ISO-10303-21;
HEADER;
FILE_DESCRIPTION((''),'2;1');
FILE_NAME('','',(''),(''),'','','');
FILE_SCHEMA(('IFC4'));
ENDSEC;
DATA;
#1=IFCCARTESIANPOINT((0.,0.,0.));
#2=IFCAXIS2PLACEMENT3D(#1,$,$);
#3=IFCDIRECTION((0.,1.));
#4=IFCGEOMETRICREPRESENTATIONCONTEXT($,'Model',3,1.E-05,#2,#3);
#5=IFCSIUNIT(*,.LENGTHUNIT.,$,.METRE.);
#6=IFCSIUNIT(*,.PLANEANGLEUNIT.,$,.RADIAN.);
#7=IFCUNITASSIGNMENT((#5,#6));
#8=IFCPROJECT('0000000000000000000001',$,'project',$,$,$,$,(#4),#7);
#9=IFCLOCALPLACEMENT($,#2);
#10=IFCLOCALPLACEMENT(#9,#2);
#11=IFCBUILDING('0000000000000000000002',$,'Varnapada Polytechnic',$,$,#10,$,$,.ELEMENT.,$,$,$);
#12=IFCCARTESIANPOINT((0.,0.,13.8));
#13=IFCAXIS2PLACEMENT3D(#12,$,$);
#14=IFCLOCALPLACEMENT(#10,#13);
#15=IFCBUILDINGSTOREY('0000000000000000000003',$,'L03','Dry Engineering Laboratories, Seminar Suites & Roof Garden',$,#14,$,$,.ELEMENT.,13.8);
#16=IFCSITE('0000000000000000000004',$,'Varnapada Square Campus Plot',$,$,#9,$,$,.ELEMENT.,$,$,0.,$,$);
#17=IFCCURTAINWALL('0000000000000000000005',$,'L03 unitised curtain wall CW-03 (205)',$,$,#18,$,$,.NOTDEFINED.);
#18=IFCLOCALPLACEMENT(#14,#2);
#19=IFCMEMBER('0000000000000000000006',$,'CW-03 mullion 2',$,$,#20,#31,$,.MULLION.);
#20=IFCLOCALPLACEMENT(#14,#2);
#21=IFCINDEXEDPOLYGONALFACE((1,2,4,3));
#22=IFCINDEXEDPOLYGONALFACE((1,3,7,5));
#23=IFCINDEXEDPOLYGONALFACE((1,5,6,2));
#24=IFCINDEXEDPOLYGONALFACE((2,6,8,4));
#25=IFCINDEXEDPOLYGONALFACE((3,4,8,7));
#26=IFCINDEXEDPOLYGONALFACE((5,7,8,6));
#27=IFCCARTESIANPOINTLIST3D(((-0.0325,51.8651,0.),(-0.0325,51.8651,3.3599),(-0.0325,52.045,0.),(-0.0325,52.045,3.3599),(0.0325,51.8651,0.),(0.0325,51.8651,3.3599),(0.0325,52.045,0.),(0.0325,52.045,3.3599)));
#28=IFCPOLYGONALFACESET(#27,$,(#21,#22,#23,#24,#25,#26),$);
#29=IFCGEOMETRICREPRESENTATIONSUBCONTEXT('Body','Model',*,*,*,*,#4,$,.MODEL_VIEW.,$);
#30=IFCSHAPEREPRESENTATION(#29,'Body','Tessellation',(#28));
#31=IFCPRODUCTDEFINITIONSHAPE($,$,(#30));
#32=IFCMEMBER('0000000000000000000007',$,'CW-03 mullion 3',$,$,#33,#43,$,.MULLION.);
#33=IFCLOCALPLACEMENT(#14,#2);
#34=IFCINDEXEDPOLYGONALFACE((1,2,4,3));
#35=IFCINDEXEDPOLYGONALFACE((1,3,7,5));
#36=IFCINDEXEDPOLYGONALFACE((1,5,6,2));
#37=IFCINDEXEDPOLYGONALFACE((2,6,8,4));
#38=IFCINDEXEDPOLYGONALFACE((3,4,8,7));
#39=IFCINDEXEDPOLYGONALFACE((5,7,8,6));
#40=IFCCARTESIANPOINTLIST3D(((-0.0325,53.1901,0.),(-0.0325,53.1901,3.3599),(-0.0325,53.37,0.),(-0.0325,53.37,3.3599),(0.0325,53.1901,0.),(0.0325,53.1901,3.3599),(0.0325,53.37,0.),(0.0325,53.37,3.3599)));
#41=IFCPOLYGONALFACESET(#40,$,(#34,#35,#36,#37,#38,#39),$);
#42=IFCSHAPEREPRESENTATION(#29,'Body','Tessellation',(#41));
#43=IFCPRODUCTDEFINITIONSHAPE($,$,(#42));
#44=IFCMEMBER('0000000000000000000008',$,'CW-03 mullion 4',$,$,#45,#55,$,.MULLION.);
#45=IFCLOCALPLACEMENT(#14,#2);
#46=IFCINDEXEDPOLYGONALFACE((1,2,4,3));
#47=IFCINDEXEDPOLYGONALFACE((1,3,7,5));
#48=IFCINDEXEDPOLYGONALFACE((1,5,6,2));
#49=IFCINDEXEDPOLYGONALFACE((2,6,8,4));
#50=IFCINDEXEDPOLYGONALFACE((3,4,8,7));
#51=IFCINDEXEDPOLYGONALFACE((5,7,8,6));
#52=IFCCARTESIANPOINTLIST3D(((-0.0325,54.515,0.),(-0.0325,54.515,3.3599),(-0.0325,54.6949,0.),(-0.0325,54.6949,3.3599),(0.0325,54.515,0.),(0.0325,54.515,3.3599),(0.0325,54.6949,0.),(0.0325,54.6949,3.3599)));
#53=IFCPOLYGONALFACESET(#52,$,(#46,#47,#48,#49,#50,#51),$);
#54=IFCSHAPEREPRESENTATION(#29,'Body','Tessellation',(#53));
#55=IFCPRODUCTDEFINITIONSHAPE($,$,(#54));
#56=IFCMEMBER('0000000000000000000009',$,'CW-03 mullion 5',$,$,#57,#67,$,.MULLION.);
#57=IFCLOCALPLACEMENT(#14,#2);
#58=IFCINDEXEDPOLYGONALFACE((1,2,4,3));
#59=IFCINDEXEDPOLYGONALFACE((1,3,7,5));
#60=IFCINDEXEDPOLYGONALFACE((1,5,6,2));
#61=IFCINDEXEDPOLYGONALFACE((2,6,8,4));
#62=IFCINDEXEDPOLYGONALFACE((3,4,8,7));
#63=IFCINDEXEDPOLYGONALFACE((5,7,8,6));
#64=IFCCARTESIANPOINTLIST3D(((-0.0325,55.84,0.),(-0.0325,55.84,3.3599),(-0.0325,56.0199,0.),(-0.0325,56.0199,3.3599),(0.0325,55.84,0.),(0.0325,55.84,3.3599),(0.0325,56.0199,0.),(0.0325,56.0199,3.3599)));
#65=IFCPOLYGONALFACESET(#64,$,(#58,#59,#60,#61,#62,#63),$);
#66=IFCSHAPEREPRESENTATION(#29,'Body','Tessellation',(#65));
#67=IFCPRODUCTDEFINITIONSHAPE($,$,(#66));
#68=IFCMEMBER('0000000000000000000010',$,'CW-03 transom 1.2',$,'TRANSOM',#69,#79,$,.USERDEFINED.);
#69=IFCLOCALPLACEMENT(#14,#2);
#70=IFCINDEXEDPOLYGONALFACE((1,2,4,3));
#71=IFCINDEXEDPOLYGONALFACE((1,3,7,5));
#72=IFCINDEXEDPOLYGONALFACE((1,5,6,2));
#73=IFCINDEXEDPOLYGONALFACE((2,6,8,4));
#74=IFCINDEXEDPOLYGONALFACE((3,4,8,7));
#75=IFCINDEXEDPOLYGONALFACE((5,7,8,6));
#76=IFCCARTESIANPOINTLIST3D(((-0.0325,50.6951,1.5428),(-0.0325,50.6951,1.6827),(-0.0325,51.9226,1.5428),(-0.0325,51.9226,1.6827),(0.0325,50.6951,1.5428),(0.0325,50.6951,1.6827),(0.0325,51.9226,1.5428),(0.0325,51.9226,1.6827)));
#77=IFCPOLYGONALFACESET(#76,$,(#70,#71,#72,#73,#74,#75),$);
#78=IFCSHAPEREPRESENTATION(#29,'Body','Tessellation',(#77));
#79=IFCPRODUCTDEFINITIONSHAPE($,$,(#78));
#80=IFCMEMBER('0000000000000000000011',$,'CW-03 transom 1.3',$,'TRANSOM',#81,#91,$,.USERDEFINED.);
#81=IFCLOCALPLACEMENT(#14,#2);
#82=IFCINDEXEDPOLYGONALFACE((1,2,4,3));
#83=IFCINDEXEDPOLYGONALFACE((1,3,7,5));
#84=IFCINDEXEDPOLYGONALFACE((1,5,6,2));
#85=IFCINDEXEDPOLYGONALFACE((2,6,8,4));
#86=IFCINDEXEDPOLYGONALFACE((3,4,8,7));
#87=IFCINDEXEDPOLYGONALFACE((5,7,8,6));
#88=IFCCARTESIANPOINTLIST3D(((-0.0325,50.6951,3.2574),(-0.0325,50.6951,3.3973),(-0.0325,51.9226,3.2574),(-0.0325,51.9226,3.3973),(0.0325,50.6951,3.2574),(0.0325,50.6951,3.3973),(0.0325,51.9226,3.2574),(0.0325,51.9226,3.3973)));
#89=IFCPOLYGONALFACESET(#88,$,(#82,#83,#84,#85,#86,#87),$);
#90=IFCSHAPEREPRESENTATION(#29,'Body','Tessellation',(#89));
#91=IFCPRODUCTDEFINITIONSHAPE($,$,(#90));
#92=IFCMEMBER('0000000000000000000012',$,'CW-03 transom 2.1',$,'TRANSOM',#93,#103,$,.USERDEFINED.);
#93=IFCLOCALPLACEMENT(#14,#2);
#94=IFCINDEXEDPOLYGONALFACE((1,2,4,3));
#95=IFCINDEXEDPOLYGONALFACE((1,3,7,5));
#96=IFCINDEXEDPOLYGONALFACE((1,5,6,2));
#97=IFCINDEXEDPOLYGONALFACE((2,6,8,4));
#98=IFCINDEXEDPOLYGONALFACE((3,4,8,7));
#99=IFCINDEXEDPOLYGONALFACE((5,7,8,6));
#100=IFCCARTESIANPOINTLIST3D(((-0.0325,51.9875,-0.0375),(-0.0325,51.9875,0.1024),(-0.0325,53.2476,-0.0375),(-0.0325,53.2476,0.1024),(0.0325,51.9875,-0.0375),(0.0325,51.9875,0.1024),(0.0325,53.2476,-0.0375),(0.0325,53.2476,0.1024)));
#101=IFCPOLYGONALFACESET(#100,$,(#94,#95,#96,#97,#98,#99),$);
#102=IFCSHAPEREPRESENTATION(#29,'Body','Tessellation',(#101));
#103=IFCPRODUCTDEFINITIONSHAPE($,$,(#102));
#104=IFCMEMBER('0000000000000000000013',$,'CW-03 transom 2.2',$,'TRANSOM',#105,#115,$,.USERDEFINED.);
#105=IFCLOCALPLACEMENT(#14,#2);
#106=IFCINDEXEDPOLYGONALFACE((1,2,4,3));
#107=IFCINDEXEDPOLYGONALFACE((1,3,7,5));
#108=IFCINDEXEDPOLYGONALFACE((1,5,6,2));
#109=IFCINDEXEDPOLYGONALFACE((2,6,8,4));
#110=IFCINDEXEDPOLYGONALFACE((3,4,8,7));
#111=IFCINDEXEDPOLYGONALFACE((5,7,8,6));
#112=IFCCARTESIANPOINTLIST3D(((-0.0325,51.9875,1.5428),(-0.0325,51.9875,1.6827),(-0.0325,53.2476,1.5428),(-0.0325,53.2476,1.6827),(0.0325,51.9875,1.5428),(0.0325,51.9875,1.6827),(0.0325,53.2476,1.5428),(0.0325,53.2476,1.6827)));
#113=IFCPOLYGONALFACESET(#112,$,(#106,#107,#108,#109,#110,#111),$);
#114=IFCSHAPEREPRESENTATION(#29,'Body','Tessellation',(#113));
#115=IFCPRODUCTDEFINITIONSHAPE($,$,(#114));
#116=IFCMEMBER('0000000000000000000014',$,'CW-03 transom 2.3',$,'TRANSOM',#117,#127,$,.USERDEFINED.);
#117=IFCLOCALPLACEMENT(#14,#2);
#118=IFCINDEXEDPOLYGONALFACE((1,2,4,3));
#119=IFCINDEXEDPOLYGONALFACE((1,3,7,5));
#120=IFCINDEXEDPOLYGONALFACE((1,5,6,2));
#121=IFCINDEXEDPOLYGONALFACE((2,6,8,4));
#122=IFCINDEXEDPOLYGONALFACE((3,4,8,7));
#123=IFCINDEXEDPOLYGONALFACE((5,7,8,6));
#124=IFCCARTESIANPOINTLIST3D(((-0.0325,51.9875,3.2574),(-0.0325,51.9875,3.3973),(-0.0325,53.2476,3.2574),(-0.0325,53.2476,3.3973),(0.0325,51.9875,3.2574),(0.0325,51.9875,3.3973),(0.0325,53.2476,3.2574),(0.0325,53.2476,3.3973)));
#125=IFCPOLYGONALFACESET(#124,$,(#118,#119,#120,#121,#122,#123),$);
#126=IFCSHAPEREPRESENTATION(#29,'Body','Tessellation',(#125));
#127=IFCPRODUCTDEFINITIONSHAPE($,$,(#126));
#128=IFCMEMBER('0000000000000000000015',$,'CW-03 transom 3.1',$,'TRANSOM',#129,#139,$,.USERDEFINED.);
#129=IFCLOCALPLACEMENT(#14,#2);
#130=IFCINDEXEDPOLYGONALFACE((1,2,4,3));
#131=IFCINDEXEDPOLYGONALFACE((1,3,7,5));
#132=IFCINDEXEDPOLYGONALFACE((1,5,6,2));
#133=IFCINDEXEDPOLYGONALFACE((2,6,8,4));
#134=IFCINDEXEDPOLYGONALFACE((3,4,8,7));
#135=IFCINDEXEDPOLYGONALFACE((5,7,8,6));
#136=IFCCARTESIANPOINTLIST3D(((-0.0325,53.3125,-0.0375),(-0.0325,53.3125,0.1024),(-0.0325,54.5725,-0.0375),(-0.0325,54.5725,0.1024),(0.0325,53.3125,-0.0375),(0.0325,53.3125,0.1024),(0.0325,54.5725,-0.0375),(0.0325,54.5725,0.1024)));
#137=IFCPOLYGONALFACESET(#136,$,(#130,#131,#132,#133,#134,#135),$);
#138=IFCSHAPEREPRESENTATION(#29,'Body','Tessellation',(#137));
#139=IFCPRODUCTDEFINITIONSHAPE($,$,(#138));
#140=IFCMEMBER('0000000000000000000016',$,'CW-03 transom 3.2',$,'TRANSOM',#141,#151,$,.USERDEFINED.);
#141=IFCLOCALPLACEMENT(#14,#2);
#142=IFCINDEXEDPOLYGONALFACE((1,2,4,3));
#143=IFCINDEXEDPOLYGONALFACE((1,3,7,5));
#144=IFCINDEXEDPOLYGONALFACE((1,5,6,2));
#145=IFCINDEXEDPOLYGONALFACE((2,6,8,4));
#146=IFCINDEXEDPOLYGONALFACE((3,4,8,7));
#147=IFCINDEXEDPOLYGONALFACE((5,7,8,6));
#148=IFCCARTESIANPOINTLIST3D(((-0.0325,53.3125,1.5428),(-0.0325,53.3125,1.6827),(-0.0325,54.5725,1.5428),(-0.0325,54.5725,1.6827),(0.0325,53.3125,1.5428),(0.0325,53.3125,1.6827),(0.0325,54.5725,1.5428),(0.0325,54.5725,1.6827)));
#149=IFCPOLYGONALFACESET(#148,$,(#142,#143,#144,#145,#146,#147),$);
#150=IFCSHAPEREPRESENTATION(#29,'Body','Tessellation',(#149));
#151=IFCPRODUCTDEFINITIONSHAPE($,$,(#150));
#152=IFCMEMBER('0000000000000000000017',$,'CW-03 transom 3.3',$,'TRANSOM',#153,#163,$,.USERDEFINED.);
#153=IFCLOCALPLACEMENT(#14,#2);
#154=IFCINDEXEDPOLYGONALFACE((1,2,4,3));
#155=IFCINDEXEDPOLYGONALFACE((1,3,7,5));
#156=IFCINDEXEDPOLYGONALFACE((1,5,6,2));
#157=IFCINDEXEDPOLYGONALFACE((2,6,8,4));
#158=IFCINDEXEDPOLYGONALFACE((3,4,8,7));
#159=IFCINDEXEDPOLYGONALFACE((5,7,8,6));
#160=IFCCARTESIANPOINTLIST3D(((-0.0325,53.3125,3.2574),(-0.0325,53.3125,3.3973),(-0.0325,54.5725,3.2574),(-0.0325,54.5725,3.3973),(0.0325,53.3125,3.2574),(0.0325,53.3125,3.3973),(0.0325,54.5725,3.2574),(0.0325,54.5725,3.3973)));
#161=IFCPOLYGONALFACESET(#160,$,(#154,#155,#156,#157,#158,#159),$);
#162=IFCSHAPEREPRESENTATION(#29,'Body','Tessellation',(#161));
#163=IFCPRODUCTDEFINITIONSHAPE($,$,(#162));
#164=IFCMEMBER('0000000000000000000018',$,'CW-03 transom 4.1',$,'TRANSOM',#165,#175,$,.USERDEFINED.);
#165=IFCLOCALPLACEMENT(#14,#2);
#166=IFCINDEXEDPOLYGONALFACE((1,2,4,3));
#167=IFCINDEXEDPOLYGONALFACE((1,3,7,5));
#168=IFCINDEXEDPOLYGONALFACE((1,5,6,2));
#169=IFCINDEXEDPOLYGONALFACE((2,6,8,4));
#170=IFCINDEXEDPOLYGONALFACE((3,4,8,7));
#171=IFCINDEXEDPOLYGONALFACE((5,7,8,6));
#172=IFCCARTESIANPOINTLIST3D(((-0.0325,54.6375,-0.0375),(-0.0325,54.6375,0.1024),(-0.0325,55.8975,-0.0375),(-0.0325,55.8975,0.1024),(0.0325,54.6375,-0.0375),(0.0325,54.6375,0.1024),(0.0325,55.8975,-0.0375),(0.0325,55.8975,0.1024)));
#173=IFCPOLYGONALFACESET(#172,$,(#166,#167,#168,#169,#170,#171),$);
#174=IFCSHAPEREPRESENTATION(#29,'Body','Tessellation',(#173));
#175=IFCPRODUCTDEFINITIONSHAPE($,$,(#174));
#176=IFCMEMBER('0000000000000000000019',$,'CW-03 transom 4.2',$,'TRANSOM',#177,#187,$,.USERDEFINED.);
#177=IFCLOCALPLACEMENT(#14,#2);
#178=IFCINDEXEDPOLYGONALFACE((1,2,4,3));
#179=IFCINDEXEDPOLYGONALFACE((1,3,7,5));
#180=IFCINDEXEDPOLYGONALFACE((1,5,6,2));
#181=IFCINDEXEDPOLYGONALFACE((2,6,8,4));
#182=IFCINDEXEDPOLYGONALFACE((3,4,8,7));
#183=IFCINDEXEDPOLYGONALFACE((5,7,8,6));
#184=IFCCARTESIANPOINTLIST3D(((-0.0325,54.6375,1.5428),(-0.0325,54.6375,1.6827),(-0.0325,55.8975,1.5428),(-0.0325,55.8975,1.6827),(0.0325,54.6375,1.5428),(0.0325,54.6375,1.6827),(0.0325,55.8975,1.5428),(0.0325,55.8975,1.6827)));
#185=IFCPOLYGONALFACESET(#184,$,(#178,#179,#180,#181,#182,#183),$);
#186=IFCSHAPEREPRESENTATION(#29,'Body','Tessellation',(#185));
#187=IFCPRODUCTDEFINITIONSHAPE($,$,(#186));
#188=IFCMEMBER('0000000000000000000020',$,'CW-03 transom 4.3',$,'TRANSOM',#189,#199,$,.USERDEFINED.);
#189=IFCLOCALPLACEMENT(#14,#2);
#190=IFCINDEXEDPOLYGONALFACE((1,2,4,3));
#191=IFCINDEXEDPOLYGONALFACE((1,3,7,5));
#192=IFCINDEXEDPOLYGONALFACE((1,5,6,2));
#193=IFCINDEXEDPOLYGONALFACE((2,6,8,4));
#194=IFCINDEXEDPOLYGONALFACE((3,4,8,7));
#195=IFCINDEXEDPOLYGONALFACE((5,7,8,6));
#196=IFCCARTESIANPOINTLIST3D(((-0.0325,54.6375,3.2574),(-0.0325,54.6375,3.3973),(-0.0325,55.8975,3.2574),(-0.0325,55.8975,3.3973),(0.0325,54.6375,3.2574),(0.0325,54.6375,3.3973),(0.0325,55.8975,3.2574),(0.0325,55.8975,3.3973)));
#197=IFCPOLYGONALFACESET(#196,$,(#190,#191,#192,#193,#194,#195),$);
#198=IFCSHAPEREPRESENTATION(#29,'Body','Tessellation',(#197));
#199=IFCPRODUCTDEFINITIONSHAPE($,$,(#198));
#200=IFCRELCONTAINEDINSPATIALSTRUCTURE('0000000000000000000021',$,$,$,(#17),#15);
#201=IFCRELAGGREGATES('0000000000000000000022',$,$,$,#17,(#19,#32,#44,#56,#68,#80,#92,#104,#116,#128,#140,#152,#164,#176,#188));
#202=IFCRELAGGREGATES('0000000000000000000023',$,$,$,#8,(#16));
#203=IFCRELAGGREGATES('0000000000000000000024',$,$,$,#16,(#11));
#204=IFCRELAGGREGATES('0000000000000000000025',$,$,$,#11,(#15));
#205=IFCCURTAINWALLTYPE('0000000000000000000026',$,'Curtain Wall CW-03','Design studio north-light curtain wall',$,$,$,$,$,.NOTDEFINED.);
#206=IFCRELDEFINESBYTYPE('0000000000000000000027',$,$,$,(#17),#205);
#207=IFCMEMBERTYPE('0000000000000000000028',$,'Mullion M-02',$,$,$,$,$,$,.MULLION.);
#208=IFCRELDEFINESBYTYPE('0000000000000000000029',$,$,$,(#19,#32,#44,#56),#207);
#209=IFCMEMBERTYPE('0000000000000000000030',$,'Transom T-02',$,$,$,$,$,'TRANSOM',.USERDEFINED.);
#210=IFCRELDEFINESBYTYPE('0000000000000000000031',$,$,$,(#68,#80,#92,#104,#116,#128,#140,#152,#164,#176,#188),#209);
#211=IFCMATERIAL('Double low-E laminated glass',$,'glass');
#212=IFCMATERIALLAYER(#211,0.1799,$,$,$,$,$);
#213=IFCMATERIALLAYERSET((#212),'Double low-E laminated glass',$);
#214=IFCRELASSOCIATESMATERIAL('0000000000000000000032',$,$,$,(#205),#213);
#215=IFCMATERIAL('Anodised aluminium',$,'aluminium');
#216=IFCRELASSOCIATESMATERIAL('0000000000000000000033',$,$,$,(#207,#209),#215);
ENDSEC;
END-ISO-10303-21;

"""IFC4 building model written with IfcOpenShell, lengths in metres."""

from ifc_helpers import new_model, si_unit, direction, frame, origin, origin_2d, place, context, subcontext, project, spatial, rectangle, extrude, material, layer, layer_set, material_profile, profile_set, type_object, element, aggregate, save


model = new_model("IFC4")

# Units and contexts
model_context = context("Model", 3, precision=1e-05, world=origin(), true_north=direction((0.0, 1.0)))
body_context = subcontext(model_context, "Body", "Model", "MODEL_VIEW")
ifc_project = project(units=[si_unit("LENGTHUNIT", "METRE"), si_unit("PLANEANGLEUNIT", "RADIAN")], contexts=[model_context])

# Site, building, storey
site_placement = place(None, origin())
site = spatial("IfcSite", under=ifc_project, at=site_placement, Name="Varnapada Square Campus Plot", CompositionType="ELEMENT", RefElevation=0.0)
building_placement = place(site_placement, origin())
building = spatial("IfcBuilding", under=site, at=building_placement, Name="Varnapada Polytechnic", CompositionType="ELEMENT")
storey_placement = place(building_placement, frame((0.0, 0.0, 13.8)))
storey = spatial("IfcBuildingStorey", under=building, at=storey_placement, Name="L03", Description="Dry Engineering Laboratories, Seminar Suites & Roof Garden", CompositionType="ELEMENT", Elevation=13.8)

# Curtain wall, members
ifc_material_1 = material(Name="Double low-E laminated glass", Category="glass")
ifc_layer_1 = layer(ifc_material_1, 0.1799)
ifc_layer_set_1 = layer_set([ifc_layer_1], Name="Double low-E laminated glass")
curtain_wall_type = type_object("IfcCurtainWallType", Name="Curtain Wall CW-03", Description="Design studio north-light curtain wall", PredefinedType="NOTDEFINED", material=ifc_layer_set_1)
curtain_wall_placement = place(storey_placement, origin())
curtain_wall = element("IfcCurtainWall", 1, at=curtain_wall_placement, inside=storey, type_object=curtain_wall_type, Name="L03 unitised curtain wall CW-03 (205)", PredefinedType="NOTDEFINED")
ifc_material_2 = material(Name="Anodised aluminium", Category="aluminium")
ifc_material_profile_1 = material_profile(ifc_material_2, rectangle(XDim=0.0649, YDim=0.1799, at=origin_2d()), Name="ALU M65x180")
ifc_profile_set_1 = profile_set([ifc_material_profile_1], Name="Anodised aluminium")
member_type_1 = type_object("IfcMemberType", Name="Mullion M-02", PredefinedType="MULLION", material=ifc_profile_set_1)
member_1_placement = place(storey_placement, frame((0.0, 51.9551, 0.0), z_axis=(0.0, 0.0, 1.0), x_axis=(-1.0, 0.0, 0.0)))
member_1 = element("IfcMember", 2, at=member_1_placement, type_object=member_type_1, Name="CW-03 mullion 2", PredefinedType="MULLION", context=body_context, shape_type="SweptSolid", body=[
    extrude(rectangle(XDim=0.0649, YDim=0.1799, at=origin_2d()), origin(), (0.0, 0.0, 1.0), 3.3599),
])
member_2_placement = place(storey_placement, frame((0.0, 53.28, 0.0), z_axis=(0.0, 0.0, 1.0), x_axis=(-1.0, 0.0, 0.0)))
member_2 = element("IfcMember", 3, at=member_2_placement, type_object=member_type_1, Name="CW-03 mullion 3", PredefinedType="MULLION", context=body_context, shape_type="SweptSolid", body=[
    extrude(rectangle(XDim=0.0649, YDim=0.1799, at=origin_2d()), origin(), (0.0, 0.0, 1.0), 3.3599),
])
member_3_placement = place(storey_placement, frame((0.0, 54.605, 0.0), z_axis=(0.0, 0.0, 1.0), x_axis=(-1.0, 0.0, 0.0)))
member_3 = element("IfcMember", 4, at=member_3_placement, type_object=member_type_1, Name="CW-03 mullion 4", PredefinedType="MULLION", context=body_context, shape_type="SweptSolid", body=[
    extrude(rectangle(XDim=0.0649, YDim=0.1799, at=origin_2d()), origin(), (0.0, 0.0, 1.0), 3.3599),
])
member_4_placement = place(storey_placement, frame((0.0, 55.9299, 0.0), z_axis=(0.0, 0.0, 1.0), x_axis=(-1.0, 0.0, 0.0)))
member_4 = element("IfcMember", 5, at=member_4_placement, type_object=member_type_1, Name="CW-03 mullion 5", PredefinedType="MULLION", context=body_context, shape_type="SweptSolid", body=[
    extrude(rectangle(XDim=0.0649, YDim=0.1799, at=origin_2d()), origin(), (0.0, 0.0, 1.0), 3.3599),
])
ifc_material_profile_2 = material_profile(ifc_material_2, rectangle(XDim=0.0649, YDim=0.1399, at=origin_2d()), Name="ALU T65x140")
ifc_profile_set_2 = profile_set([ifc_material_profile_2], Name="Anodised aluminium")
member_type_2 = type_object("IfcMemberType", Name="Transom T-02", ElementType="TRANSOM", PredefinedType="USERDEFINED", material=ifc_profile_set_2)
member_5_placement = place(storey_placement, frame((0.0, 50.6951, 1.6128), z_axis=(0.0, 1.0, 0.0), x_axis=(-1.0, 0.0, 0.0)))
member_5 = element("IfcMember", 6, at=member_5_placement, type_object=member_type_2, Name="CW-03 transom 1.2", ObjectType="TRANSOM", PredefinedType="USERDEFINED", context=body_context, shape_type="SweptSolid", body=[
    extrude(rectangle(XDim=0.0649, YDim=0.1399, at=origin_2d()), origin(), (0.0, 0.0, 1.0), 1.2275),
])
member_6_placement = place(storey_placement, frame((0.0, 50.6951, 3.3274), z_axis=(0.0, 1.0, 0.0), x_axis=(-1.0, 0.0, 0.0)))
member_6 = element("IfcMember", 7, at=member_6_placement, type_object=member_type_2, Name="CW-03 transom 1.3", ObjectType="TRANSOM", PredefinedType="USERDEFINED", context=body_context, shape_type="SweptSolid", body=[
    extrude(rectangle(XDim=0.0649, YDim=0.1399, at=origin_2d()), origin(), (0.0, 0.0, 1.0), 1.2275),
])
member_7_placement = place(storey_placement, frame((0.0, 51.9875, 0.0325), z_axis=(0.0, 1.0, 0.0), x_axis=(-1.0, 0.0, 0.0)))
member_7 = element("IfcMember", 8, at=member_7_placement, type_object=member_type_2, Name="CW-03 transom 2.1", ObjectType="TRANSOM", PredefinedType="USERDEFINED", context=body_context, shape_type="SweptSolid", body=[
    extrude(rectangle(XDim=0.0649, YDim=0.1399, at=origin_2d()), origin(), (0.0, 0.0, 1.0), 1.26),
])
member_8_placement = place(storey_placement, frame((0.0, 51.9875, 1.6128), z_axis=(0.0, 1.0, 0.0), x_axis=(-1.0, 0.0, 0.0)))
member_8 = element("IfcMember", 9, at=member_8_placement, type_object=member_type_2, Name="CW-03 transom 2.2", ObjectType="TRANSOM", PredefinedType="USERDEFINED", context=body_context, shape_type="SweptSolid", body=[
    extrude(rectangle(XDim=0.0649, YDim=0.1399, at=origin_2d()), origin(), (0.0, 0.0, 1.0), 1.26),
])
member_9_placement = place(storey_placement, frame((0.0, 51.9875, 3.3274), z_axis=(0.0, 1.0, 0.0), x_axis=(-1.0, 0.0, 0.0)))
member_9 = element("IfcMember", 10, at=member_9_placement, type_object=member_type_2, Name="CW-03 transom 2.3", ObjectType="TRANSOM", PredefinedType="USERDEFINED", context=body_context, shape_type="SweptSolid", body=[
    extrude(rectangle(XDim=0.0649, YDim=0.1399, at=origin_2d()), origin(), (0.0, 0.0, 1.0), 1.26),
])
member_10_placement = place(storey_placement, frame((0.0, 53.3125, 0.0325), z_axis=(0.0, 1.0, 0.0), x_axis=(-1.0, 0.0, 0.0)))
member_10 = element("IfcMember", 11, at=member_10_placement, type_object=member_type_2, Name="CW-03 transom 3.1", ObjectType="TRANSOM", PredefinedType="USERDEFINED", context=body_context, shape_type="SweptSolid", body=[
    extrude(rectangle(XDim=0.0649, YDim=0.1399, at=origin_2d()), origin(), (0.0, 0.0, 1.0), 1.26),
])
member_11_placement = place(storey_placement, frame((0.0, 53.3125, 1.6128), z_axis=(0.0, 1.0, 0.0), x_axis=(-1.0, 0.0, 0.0)))
member_11 = element("IfcMember", 12, at=member_11_placement, type_object=member_type_2, Name="CW-03 transom 3.2", ObjectType="TRANSOM", PredefinedType="USERDEFINED", context=body_context, shape_type="SweptSolid", body=[
    extrude(rectangle(XDim=0.0649, YDim=0.1399, at=origin_2d()), origin(), (0.0, 0.0, 1.0), 1.26),
])
member_12_placement = place(storey_placement, frame((0.0, 53.3125, 3.3274), z_axis=(0.0, 1.0, 0.0), x_axis=(-1.0, 0.0, 0.0)))
member_12 = element("IfcMember", 13, at=member_12_placement, type_object=member_type_2, Name="CW-03 transom 3.3", ObjectType="TRANSOM", PredefinedType="USERDEFINED", context=body_context, shape_type="SweptSolid", body=[
    extrude(rectangle(XDim=0.0649, YDim=0.1399, at=origin_2d()), origin(), (0.0, 0.0, 1.0), 1.26),
])
member_13_placement = place(storey_placement, frame((0.0, 54.6375, 0.0325), z_axis=(0.0, 1.0, 0.0), x_axis=(-1.0, 0.0, 0.0)))
member_13 = element("IfcMember", 14, at=member_13_placement, type_object=member_type_2, Name="CW-03 transom 4.1", ObjectType="TRANSOM", PredefinedType="USERDEFINED", context=body_context, shape_type="SweptSolid", body=[
    extrude(rectangle(XDim=0.0649, YDim=0.1399, at=origin_2d()), origin(), (0.0, 0.0, 1.0), 1.26),
])
member_14_placement = place(storey_placement, frame((0.0, 54.6375, 1.6128), z_axis=(0.0, 1.0, 0.0), x_axis=(-1.0, 0.0, 0.0)))
member_14 = element("IfcMember", 15, at=member_14_placement, type_object=member_type_2, Name="CW-03 transom 4.2", ObjectType="TRANSOM", PredefinedType="USERDEFINED", context=body_context, shape_type="SweptSolid", body=[
    extrude(rectangle(XDim=0.0649, YDim=0.1399, at=origin_2d()), origin(), (0.0, 0.0, 1.0), 1.26),
])
member_15_placement = place(storey_placement, frame((0.0, 54.6375, 3.3274), z_axis=(0.0, 1.0, 0.0), x_axis=(-1.0, 0.0, 0.0)))
member_15 = element("IfcMember", 16, at=member_15_placement, type_object=member_type_2, Name="CW-03 transom 4.3", ObjectType="TRANSOM", PredefinedType="USERDEFINED", context=body_context, shape_type="SweptSolid", body=[
    extrude(rectangle(XDim=0.0649, YDim=0.1399, at=origin_2d()), origin(), (0.0, 0.0, 1.0), 1.26),
])
aggregate(curtain_wall, [member_1, member_2, member_3, member_4, member_5, member_6, member_7, member_8, member_9, member_10, member_11, member_12, member_13, member_14, member_15])

save(model, "model.ifc")
